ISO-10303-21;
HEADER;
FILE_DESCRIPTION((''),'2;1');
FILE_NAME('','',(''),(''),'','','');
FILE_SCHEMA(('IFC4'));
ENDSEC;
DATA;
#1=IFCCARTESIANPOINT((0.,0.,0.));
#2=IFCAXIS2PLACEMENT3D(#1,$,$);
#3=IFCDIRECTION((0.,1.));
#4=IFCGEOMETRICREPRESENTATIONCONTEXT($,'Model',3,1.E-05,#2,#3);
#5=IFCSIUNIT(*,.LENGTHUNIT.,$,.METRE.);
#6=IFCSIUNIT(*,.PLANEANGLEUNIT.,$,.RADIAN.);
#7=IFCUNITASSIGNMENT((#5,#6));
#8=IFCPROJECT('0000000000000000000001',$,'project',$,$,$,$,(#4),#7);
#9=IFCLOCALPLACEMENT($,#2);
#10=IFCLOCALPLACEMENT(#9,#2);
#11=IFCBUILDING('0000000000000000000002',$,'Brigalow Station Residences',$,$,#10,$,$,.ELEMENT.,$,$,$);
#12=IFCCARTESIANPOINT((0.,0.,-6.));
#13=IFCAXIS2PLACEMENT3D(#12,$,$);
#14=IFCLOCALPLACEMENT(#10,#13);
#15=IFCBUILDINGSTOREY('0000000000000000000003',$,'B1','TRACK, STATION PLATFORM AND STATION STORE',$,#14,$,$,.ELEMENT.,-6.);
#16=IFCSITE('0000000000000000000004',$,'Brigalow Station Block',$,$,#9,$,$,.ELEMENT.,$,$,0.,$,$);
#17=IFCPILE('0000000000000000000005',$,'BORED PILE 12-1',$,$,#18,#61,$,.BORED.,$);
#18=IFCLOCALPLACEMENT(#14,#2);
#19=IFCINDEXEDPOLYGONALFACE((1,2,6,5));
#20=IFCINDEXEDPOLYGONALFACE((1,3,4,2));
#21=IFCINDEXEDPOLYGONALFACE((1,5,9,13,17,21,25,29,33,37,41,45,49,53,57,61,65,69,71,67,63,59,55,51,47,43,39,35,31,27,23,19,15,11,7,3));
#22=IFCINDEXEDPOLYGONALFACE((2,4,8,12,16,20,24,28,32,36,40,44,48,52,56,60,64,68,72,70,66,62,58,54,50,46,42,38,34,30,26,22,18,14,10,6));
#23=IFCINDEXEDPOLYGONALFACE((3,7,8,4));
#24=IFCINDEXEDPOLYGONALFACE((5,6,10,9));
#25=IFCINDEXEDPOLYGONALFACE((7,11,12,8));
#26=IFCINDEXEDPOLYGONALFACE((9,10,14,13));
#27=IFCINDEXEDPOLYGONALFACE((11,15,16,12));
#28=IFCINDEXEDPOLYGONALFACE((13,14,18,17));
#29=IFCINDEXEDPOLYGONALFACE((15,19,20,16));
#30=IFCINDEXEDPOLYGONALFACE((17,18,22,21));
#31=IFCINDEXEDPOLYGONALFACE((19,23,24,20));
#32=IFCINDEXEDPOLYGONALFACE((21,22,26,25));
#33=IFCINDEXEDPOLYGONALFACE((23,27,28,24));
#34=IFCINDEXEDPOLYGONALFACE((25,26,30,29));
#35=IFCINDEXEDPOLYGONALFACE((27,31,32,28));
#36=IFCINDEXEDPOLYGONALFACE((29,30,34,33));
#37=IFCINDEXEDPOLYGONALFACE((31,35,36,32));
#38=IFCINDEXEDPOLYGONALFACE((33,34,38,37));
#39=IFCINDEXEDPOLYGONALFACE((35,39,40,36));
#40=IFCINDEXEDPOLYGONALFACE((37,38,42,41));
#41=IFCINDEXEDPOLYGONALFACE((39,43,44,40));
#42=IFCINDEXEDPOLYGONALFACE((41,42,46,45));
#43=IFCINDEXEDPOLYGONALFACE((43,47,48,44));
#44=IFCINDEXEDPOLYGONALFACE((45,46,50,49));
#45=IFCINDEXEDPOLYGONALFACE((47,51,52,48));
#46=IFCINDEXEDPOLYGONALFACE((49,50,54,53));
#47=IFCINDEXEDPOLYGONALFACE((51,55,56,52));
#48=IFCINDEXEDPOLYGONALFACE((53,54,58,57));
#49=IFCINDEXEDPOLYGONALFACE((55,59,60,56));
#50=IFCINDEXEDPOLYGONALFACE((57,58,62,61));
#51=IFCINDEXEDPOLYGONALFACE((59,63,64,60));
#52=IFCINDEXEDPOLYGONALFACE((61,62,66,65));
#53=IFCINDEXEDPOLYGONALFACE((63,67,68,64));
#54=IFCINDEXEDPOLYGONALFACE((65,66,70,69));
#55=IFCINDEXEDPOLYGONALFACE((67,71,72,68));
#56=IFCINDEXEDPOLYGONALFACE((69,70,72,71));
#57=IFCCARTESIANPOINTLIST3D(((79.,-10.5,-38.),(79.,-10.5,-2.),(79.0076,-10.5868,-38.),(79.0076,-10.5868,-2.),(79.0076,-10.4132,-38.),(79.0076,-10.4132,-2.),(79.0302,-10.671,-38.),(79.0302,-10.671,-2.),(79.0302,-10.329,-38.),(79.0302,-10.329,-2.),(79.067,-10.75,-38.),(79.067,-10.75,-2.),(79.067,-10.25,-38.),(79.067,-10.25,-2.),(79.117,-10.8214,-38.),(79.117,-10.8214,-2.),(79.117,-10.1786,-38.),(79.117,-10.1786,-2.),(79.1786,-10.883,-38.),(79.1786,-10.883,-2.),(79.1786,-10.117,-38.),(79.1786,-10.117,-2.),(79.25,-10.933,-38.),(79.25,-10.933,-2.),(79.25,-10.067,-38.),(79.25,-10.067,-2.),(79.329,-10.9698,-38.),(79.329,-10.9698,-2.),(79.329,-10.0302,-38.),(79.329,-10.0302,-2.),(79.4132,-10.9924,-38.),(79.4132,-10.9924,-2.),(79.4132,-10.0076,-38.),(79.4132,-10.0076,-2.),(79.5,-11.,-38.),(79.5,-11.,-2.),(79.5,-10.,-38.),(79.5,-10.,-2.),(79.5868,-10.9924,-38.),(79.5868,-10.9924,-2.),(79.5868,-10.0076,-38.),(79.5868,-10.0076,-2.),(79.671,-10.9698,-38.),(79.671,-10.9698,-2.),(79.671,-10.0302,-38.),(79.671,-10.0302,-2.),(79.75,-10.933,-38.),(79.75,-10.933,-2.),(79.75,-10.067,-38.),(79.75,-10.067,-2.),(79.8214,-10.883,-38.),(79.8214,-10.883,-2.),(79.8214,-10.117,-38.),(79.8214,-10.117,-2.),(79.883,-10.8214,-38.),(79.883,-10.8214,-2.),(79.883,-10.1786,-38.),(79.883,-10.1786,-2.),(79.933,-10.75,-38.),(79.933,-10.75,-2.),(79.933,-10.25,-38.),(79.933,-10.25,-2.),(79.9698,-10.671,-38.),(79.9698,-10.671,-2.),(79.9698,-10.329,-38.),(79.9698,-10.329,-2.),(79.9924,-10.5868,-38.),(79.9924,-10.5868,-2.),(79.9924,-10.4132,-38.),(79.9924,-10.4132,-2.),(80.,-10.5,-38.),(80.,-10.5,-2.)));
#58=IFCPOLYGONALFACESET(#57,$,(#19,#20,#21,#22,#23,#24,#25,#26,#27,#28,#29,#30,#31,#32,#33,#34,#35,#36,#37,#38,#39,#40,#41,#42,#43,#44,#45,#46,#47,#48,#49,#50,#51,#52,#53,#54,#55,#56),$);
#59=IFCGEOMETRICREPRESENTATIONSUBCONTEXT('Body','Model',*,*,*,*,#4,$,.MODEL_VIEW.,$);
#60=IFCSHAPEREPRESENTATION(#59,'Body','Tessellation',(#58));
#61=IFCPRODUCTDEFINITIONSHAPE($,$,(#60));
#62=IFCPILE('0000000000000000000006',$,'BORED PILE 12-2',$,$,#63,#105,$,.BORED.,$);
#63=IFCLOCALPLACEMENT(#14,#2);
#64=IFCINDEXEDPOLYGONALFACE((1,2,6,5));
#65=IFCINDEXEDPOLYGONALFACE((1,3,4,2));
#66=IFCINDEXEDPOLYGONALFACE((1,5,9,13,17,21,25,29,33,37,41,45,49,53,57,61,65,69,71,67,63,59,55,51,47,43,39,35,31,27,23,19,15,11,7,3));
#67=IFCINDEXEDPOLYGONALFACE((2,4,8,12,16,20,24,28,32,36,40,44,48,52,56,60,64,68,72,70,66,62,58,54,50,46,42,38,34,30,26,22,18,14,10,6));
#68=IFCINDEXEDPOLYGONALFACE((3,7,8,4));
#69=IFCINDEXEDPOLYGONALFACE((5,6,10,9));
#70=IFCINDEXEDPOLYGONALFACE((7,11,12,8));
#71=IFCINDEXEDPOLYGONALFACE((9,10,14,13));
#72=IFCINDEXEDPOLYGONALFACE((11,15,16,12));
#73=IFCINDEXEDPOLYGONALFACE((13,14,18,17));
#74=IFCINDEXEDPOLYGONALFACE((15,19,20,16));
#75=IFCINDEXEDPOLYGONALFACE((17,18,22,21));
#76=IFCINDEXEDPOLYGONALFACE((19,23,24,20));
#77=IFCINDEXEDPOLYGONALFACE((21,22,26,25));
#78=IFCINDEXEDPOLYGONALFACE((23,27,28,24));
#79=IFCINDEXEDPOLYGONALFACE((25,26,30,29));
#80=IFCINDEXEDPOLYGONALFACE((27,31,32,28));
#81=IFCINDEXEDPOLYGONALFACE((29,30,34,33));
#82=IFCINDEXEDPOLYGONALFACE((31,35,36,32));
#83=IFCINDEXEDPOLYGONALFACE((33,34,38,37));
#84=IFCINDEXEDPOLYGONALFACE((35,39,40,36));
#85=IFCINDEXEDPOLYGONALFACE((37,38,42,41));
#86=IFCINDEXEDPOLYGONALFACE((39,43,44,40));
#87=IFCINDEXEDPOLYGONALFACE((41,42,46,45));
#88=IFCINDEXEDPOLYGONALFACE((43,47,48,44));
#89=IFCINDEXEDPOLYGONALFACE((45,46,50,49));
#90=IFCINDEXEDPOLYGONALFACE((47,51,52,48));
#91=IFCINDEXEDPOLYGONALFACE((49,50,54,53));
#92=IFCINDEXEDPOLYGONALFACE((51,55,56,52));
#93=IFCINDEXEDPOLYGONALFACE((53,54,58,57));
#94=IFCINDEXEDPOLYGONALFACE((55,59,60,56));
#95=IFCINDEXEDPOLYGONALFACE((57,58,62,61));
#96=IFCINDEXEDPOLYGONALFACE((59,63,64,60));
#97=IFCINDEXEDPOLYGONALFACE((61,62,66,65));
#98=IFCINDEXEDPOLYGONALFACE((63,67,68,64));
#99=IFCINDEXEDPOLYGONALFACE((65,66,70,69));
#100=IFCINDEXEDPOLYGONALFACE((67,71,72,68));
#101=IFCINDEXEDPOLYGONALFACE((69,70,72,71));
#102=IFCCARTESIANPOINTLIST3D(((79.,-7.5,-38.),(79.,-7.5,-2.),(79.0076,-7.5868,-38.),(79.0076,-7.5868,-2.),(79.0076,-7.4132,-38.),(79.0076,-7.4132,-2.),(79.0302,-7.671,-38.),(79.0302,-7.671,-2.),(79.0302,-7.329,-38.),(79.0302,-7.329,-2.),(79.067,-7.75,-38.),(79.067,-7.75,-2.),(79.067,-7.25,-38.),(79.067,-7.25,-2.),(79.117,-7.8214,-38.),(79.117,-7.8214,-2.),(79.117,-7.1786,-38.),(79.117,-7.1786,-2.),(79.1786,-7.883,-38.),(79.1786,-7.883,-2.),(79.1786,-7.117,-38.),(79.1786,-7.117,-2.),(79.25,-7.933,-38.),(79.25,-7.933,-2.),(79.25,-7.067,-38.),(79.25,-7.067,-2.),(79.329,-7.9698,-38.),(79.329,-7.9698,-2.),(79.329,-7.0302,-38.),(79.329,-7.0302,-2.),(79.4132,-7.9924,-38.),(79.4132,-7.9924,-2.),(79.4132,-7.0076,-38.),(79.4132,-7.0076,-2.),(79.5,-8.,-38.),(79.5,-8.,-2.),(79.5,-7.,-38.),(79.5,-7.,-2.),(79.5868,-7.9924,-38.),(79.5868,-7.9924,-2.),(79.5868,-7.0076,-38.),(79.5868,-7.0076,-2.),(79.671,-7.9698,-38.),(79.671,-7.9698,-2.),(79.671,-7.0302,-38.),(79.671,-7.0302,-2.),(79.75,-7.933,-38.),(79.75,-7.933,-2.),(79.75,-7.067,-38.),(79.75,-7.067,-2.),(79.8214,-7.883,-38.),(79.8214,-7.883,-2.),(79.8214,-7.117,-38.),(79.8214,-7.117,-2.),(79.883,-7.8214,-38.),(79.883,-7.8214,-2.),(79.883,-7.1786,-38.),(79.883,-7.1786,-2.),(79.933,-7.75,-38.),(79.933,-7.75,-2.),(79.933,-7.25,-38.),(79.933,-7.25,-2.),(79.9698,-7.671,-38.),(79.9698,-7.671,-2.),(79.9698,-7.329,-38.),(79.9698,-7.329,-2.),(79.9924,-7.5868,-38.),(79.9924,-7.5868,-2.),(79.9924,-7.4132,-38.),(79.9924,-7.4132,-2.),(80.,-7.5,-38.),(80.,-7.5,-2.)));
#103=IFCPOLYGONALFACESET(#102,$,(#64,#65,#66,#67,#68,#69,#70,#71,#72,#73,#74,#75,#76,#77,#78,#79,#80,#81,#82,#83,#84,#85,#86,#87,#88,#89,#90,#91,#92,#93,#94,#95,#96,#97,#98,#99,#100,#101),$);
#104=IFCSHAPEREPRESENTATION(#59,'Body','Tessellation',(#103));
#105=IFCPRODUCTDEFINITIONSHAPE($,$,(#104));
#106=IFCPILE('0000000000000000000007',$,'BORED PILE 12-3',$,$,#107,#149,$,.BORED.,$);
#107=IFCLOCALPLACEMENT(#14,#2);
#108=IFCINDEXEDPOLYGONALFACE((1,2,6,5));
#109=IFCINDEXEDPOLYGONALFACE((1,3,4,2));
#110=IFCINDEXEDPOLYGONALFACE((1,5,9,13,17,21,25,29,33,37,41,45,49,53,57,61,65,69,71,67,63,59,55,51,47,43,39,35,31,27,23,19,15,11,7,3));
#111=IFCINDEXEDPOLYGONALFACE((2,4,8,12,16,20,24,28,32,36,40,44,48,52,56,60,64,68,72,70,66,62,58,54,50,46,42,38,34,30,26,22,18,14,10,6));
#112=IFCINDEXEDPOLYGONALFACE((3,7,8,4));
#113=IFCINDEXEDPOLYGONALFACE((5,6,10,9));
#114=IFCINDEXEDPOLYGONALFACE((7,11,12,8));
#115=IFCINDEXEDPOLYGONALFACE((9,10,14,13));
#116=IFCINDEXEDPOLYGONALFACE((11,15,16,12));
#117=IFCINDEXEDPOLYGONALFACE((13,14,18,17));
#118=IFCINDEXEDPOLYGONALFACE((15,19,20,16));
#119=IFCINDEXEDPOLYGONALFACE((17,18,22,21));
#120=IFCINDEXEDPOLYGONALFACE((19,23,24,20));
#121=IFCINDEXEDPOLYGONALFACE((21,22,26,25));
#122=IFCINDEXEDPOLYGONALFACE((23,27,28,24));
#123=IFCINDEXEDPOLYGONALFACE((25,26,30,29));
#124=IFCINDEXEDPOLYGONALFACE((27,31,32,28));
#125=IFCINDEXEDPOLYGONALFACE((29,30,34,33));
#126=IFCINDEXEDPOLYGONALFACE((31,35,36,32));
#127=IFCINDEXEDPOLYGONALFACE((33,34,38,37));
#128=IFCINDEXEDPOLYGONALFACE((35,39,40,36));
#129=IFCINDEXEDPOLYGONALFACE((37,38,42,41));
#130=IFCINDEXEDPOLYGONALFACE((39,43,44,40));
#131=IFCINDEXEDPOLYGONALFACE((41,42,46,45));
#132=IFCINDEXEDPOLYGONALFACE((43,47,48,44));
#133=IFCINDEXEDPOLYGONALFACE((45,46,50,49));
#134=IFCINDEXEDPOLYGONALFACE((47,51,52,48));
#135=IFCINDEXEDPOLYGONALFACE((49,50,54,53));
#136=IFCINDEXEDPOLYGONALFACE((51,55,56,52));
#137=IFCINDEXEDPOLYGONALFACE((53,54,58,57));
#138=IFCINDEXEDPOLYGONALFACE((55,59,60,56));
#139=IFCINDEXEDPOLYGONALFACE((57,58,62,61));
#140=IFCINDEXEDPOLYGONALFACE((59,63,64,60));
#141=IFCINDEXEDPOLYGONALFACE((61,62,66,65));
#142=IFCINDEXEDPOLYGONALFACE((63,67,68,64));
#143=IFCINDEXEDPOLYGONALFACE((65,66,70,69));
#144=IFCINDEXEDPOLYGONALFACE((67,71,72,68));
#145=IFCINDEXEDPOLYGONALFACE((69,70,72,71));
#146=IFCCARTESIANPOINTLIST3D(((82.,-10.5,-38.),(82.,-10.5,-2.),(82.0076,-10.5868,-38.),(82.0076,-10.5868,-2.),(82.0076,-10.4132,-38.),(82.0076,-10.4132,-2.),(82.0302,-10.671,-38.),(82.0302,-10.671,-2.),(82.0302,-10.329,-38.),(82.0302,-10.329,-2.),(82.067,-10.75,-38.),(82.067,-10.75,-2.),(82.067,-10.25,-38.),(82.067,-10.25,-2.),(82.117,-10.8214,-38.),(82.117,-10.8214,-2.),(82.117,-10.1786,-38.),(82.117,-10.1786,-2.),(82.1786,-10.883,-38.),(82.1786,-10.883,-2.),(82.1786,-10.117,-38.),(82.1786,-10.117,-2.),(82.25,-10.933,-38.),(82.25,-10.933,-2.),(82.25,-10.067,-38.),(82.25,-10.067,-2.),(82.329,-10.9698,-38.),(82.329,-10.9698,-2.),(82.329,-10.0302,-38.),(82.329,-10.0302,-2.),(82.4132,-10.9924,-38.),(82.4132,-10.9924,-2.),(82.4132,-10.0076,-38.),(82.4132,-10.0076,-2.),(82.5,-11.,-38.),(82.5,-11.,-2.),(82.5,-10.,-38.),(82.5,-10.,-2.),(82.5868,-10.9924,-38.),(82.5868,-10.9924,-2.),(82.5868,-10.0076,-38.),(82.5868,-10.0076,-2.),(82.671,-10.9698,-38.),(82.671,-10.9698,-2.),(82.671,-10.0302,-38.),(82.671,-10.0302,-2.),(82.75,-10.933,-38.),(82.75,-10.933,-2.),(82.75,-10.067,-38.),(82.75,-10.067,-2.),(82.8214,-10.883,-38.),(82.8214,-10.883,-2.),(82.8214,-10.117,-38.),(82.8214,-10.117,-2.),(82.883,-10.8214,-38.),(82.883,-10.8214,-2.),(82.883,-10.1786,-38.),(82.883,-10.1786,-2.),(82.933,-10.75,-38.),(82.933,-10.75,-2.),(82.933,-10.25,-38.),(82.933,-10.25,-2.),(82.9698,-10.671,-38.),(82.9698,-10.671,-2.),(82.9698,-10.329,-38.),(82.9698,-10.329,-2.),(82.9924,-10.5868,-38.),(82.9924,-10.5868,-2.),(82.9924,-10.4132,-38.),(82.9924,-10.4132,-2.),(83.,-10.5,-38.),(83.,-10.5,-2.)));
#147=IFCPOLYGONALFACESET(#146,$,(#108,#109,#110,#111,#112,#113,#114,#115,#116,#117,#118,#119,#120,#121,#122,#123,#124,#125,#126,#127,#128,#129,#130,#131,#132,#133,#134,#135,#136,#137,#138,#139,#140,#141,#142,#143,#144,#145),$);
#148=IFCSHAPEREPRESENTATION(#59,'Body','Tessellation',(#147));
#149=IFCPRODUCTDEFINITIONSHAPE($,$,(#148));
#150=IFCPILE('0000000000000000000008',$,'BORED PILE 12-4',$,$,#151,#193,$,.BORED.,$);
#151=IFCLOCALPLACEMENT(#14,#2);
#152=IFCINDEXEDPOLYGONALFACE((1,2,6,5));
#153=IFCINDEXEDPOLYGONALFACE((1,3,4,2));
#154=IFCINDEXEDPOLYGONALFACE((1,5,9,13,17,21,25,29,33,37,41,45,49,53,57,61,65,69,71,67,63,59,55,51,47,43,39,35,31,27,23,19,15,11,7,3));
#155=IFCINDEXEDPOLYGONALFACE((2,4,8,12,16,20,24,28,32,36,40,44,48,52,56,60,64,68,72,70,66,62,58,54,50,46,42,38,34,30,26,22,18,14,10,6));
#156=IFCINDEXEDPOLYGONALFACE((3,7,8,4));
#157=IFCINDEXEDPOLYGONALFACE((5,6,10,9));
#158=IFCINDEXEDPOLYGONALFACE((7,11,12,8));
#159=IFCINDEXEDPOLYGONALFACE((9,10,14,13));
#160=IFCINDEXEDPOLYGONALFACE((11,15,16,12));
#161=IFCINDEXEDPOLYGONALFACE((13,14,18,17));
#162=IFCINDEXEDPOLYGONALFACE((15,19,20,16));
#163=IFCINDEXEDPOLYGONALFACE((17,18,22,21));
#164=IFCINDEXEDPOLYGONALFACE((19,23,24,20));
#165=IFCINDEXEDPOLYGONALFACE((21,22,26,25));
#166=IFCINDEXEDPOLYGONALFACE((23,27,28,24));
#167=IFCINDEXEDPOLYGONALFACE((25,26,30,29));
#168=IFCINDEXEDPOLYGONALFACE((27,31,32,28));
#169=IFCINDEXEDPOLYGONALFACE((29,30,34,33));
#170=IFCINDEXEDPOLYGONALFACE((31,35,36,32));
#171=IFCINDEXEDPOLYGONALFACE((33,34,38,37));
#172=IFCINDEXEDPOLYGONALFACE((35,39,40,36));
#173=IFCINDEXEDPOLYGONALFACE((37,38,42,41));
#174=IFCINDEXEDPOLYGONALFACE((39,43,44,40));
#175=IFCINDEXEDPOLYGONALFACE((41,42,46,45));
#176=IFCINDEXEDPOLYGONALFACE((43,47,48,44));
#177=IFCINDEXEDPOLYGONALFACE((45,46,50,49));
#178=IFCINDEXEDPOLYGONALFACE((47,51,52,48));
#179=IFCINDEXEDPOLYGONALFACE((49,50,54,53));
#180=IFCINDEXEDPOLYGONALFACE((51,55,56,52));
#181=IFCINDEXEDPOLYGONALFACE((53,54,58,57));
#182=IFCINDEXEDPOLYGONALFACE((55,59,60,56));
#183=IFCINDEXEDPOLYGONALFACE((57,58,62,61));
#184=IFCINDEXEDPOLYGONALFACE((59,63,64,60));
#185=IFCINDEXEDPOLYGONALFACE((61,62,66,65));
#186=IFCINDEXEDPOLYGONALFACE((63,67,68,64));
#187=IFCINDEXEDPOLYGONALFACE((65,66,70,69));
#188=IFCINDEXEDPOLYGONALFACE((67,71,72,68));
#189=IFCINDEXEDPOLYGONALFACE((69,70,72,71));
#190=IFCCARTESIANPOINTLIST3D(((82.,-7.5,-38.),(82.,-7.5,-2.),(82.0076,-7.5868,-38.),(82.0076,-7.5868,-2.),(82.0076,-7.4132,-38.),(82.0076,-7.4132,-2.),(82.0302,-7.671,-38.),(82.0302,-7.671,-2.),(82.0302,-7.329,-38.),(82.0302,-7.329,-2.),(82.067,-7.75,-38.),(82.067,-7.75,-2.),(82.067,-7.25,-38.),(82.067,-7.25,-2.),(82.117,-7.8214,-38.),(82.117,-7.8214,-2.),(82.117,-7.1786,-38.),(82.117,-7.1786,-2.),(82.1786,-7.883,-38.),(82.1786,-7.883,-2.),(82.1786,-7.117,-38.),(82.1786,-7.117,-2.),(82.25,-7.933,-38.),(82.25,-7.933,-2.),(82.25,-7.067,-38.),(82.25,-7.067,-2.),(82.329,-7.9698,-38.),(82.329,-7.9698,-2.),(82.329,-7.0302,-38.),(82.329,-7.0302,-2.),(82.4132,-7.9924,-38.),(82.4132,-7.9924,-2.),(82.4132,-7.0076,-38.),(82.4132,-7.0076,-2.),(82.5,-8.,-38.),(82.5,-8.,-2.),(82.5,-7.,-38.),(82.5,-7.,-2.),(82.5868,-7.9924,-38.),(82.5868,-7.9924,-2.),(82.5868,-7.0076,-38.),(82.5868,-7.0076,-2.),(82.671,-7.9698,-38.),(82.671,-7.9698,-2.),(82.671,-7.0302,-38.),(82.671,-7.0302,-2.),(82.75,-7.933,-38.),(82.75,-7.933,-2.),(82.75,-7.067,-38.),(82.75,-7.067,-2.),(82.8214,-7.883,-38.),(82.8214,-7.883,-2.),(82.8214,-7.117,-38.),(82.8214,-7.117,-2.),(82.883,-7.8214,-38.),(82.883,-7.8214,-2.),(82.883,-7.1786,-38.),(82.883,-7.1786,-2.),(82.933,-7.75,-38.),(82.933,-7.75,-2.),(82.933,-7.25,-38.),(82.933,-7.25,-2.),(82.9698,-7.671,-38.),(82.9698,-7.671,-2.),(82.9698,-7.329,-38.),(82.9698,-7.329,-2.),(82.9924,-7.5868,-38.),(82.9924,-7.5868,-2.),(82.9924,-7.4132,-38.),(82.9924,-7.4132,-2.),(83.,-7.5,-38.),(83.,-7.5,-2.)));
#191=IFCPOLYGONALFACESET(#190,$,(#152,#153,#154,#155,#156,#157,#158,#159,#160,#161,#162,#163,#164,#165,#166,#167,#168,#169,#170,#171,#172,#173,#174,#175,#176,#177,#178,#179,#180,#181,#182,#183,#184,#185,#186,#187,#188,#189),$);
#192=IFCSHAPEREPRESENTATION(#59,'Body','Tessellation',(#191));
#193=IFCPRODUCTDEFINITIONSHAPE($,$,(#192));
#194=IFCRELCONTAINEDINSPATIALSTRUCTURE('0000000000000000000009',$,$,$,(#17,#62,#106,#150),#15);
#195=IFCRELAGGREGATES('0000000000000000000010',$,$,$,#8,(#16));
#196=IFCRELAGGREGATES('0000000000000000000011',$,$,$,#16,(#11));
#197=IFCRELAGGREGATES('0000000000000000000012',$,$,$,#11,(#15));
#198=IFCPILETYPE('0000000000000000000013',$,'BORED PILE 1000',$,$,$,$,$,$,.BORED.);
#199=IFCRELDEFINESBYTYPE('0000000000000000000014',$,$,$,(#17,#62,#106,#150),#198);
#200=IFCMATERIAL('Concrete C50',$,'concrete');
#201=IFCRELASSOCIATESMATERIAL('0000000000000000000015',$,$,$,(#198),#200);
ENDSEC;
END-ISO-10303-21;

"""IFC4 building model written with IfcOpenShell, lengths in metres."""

from ifc_helpers import new_model, si_unit, direction, frame, origin, origin_2d, place, context, subcontext, project, spatial, circle, extrude, material, material_profile, profile_set, type_object, element, save


model = new_model("IFC4")

# Units and contexts
model_context = context("Model", 3, precision=1e-05, world=origin(), true_north=direction((0.0, 1.0)))
body_context = subcontext(model_context, "Body", "Model", "MODEL_VIEW")
ifc_project = project(units=[si_unit("LENGTHUNIT", "METRE"), si_unit("PLANEANGLEUNIT", "RADIAN")], contexts=[model_context])

# Site, building, storey
site_placement = place(None, origin())
site = spatial("IfcSite", under=ifc_project, at=site_placement, Name="Brigalow Station Block", CompositionType="ELEMENT", RefElevation=0.0)
building_placement = place(site_placement, origin())
building = spatial("IfcBuilding", under=site, at=building_placement, Name="Brigalow Station Residences", CompositionType="ELEMENT")
storey_placement = place(building_placement, frame((0.0, 0.0, -6.0)))
storey = spatial("IfcBuildingStorey", under=building, at=storey_placement, Name="B1", Description="TRACK, STATION PLATFORM AND STATION STORE", CompositionType="ELEMENT", Elevation=-6.0)

# Piles
ifc_material_1 = material(Name="Concrete C50", Category="concrete")
ifc_material_profile_1 = material_profile(ifc_material_1, circle(Radius=0.5, at=origin_2d()), Name="BP1000")
ifc_profile_set_1 = profile_set([ifc_material_profile_1], Name="Concrete C50")
pile_type_1 = type_object("IfcPileType", Name="BORED PILE 1000", PredefinedType="BORED", material=ifc_profile_set_1)
for number, where, z_axis, x_axis, name in (
    (1, (79.5, -10.5, -2.0), (0.0, 0.0, -1.0), (1.0, 0.0, 0.0), "BORED PILE 12-1"),
    (2, (79.5, -7.5, -2.0), (0.0, 0.0, -1.0), (1.0, 0.0, 0.0), "BORED PILE 12-2"),
    (3, (82.5, -10.5, -2.0), (0.0, 0.0, -1.0), (1.0, 0.0, 0.0), "BORED PILE 12-3"),
    (4, (82.5, -7.5, -2.0), (0.0, 0.0, -1.0), (1.0, 0.0, 0.0), "BORED PILE 12-4"),
):
    element("IfcPile", number, at=place(storey_placement, frame(where, z_axis=z_axis, x_axis=x_axis)), inside=storey, type_object=pile_type_1, Name=name, PredefinedType="BORED", context=body_context, shape_type="SweptSolid", body=[
        extrude(circle(Radius=0.5, at=origin_2d()), origin(), (0.0, 0.0, 1.0), 36.0),
    ])

save(model, "model.ifc")
